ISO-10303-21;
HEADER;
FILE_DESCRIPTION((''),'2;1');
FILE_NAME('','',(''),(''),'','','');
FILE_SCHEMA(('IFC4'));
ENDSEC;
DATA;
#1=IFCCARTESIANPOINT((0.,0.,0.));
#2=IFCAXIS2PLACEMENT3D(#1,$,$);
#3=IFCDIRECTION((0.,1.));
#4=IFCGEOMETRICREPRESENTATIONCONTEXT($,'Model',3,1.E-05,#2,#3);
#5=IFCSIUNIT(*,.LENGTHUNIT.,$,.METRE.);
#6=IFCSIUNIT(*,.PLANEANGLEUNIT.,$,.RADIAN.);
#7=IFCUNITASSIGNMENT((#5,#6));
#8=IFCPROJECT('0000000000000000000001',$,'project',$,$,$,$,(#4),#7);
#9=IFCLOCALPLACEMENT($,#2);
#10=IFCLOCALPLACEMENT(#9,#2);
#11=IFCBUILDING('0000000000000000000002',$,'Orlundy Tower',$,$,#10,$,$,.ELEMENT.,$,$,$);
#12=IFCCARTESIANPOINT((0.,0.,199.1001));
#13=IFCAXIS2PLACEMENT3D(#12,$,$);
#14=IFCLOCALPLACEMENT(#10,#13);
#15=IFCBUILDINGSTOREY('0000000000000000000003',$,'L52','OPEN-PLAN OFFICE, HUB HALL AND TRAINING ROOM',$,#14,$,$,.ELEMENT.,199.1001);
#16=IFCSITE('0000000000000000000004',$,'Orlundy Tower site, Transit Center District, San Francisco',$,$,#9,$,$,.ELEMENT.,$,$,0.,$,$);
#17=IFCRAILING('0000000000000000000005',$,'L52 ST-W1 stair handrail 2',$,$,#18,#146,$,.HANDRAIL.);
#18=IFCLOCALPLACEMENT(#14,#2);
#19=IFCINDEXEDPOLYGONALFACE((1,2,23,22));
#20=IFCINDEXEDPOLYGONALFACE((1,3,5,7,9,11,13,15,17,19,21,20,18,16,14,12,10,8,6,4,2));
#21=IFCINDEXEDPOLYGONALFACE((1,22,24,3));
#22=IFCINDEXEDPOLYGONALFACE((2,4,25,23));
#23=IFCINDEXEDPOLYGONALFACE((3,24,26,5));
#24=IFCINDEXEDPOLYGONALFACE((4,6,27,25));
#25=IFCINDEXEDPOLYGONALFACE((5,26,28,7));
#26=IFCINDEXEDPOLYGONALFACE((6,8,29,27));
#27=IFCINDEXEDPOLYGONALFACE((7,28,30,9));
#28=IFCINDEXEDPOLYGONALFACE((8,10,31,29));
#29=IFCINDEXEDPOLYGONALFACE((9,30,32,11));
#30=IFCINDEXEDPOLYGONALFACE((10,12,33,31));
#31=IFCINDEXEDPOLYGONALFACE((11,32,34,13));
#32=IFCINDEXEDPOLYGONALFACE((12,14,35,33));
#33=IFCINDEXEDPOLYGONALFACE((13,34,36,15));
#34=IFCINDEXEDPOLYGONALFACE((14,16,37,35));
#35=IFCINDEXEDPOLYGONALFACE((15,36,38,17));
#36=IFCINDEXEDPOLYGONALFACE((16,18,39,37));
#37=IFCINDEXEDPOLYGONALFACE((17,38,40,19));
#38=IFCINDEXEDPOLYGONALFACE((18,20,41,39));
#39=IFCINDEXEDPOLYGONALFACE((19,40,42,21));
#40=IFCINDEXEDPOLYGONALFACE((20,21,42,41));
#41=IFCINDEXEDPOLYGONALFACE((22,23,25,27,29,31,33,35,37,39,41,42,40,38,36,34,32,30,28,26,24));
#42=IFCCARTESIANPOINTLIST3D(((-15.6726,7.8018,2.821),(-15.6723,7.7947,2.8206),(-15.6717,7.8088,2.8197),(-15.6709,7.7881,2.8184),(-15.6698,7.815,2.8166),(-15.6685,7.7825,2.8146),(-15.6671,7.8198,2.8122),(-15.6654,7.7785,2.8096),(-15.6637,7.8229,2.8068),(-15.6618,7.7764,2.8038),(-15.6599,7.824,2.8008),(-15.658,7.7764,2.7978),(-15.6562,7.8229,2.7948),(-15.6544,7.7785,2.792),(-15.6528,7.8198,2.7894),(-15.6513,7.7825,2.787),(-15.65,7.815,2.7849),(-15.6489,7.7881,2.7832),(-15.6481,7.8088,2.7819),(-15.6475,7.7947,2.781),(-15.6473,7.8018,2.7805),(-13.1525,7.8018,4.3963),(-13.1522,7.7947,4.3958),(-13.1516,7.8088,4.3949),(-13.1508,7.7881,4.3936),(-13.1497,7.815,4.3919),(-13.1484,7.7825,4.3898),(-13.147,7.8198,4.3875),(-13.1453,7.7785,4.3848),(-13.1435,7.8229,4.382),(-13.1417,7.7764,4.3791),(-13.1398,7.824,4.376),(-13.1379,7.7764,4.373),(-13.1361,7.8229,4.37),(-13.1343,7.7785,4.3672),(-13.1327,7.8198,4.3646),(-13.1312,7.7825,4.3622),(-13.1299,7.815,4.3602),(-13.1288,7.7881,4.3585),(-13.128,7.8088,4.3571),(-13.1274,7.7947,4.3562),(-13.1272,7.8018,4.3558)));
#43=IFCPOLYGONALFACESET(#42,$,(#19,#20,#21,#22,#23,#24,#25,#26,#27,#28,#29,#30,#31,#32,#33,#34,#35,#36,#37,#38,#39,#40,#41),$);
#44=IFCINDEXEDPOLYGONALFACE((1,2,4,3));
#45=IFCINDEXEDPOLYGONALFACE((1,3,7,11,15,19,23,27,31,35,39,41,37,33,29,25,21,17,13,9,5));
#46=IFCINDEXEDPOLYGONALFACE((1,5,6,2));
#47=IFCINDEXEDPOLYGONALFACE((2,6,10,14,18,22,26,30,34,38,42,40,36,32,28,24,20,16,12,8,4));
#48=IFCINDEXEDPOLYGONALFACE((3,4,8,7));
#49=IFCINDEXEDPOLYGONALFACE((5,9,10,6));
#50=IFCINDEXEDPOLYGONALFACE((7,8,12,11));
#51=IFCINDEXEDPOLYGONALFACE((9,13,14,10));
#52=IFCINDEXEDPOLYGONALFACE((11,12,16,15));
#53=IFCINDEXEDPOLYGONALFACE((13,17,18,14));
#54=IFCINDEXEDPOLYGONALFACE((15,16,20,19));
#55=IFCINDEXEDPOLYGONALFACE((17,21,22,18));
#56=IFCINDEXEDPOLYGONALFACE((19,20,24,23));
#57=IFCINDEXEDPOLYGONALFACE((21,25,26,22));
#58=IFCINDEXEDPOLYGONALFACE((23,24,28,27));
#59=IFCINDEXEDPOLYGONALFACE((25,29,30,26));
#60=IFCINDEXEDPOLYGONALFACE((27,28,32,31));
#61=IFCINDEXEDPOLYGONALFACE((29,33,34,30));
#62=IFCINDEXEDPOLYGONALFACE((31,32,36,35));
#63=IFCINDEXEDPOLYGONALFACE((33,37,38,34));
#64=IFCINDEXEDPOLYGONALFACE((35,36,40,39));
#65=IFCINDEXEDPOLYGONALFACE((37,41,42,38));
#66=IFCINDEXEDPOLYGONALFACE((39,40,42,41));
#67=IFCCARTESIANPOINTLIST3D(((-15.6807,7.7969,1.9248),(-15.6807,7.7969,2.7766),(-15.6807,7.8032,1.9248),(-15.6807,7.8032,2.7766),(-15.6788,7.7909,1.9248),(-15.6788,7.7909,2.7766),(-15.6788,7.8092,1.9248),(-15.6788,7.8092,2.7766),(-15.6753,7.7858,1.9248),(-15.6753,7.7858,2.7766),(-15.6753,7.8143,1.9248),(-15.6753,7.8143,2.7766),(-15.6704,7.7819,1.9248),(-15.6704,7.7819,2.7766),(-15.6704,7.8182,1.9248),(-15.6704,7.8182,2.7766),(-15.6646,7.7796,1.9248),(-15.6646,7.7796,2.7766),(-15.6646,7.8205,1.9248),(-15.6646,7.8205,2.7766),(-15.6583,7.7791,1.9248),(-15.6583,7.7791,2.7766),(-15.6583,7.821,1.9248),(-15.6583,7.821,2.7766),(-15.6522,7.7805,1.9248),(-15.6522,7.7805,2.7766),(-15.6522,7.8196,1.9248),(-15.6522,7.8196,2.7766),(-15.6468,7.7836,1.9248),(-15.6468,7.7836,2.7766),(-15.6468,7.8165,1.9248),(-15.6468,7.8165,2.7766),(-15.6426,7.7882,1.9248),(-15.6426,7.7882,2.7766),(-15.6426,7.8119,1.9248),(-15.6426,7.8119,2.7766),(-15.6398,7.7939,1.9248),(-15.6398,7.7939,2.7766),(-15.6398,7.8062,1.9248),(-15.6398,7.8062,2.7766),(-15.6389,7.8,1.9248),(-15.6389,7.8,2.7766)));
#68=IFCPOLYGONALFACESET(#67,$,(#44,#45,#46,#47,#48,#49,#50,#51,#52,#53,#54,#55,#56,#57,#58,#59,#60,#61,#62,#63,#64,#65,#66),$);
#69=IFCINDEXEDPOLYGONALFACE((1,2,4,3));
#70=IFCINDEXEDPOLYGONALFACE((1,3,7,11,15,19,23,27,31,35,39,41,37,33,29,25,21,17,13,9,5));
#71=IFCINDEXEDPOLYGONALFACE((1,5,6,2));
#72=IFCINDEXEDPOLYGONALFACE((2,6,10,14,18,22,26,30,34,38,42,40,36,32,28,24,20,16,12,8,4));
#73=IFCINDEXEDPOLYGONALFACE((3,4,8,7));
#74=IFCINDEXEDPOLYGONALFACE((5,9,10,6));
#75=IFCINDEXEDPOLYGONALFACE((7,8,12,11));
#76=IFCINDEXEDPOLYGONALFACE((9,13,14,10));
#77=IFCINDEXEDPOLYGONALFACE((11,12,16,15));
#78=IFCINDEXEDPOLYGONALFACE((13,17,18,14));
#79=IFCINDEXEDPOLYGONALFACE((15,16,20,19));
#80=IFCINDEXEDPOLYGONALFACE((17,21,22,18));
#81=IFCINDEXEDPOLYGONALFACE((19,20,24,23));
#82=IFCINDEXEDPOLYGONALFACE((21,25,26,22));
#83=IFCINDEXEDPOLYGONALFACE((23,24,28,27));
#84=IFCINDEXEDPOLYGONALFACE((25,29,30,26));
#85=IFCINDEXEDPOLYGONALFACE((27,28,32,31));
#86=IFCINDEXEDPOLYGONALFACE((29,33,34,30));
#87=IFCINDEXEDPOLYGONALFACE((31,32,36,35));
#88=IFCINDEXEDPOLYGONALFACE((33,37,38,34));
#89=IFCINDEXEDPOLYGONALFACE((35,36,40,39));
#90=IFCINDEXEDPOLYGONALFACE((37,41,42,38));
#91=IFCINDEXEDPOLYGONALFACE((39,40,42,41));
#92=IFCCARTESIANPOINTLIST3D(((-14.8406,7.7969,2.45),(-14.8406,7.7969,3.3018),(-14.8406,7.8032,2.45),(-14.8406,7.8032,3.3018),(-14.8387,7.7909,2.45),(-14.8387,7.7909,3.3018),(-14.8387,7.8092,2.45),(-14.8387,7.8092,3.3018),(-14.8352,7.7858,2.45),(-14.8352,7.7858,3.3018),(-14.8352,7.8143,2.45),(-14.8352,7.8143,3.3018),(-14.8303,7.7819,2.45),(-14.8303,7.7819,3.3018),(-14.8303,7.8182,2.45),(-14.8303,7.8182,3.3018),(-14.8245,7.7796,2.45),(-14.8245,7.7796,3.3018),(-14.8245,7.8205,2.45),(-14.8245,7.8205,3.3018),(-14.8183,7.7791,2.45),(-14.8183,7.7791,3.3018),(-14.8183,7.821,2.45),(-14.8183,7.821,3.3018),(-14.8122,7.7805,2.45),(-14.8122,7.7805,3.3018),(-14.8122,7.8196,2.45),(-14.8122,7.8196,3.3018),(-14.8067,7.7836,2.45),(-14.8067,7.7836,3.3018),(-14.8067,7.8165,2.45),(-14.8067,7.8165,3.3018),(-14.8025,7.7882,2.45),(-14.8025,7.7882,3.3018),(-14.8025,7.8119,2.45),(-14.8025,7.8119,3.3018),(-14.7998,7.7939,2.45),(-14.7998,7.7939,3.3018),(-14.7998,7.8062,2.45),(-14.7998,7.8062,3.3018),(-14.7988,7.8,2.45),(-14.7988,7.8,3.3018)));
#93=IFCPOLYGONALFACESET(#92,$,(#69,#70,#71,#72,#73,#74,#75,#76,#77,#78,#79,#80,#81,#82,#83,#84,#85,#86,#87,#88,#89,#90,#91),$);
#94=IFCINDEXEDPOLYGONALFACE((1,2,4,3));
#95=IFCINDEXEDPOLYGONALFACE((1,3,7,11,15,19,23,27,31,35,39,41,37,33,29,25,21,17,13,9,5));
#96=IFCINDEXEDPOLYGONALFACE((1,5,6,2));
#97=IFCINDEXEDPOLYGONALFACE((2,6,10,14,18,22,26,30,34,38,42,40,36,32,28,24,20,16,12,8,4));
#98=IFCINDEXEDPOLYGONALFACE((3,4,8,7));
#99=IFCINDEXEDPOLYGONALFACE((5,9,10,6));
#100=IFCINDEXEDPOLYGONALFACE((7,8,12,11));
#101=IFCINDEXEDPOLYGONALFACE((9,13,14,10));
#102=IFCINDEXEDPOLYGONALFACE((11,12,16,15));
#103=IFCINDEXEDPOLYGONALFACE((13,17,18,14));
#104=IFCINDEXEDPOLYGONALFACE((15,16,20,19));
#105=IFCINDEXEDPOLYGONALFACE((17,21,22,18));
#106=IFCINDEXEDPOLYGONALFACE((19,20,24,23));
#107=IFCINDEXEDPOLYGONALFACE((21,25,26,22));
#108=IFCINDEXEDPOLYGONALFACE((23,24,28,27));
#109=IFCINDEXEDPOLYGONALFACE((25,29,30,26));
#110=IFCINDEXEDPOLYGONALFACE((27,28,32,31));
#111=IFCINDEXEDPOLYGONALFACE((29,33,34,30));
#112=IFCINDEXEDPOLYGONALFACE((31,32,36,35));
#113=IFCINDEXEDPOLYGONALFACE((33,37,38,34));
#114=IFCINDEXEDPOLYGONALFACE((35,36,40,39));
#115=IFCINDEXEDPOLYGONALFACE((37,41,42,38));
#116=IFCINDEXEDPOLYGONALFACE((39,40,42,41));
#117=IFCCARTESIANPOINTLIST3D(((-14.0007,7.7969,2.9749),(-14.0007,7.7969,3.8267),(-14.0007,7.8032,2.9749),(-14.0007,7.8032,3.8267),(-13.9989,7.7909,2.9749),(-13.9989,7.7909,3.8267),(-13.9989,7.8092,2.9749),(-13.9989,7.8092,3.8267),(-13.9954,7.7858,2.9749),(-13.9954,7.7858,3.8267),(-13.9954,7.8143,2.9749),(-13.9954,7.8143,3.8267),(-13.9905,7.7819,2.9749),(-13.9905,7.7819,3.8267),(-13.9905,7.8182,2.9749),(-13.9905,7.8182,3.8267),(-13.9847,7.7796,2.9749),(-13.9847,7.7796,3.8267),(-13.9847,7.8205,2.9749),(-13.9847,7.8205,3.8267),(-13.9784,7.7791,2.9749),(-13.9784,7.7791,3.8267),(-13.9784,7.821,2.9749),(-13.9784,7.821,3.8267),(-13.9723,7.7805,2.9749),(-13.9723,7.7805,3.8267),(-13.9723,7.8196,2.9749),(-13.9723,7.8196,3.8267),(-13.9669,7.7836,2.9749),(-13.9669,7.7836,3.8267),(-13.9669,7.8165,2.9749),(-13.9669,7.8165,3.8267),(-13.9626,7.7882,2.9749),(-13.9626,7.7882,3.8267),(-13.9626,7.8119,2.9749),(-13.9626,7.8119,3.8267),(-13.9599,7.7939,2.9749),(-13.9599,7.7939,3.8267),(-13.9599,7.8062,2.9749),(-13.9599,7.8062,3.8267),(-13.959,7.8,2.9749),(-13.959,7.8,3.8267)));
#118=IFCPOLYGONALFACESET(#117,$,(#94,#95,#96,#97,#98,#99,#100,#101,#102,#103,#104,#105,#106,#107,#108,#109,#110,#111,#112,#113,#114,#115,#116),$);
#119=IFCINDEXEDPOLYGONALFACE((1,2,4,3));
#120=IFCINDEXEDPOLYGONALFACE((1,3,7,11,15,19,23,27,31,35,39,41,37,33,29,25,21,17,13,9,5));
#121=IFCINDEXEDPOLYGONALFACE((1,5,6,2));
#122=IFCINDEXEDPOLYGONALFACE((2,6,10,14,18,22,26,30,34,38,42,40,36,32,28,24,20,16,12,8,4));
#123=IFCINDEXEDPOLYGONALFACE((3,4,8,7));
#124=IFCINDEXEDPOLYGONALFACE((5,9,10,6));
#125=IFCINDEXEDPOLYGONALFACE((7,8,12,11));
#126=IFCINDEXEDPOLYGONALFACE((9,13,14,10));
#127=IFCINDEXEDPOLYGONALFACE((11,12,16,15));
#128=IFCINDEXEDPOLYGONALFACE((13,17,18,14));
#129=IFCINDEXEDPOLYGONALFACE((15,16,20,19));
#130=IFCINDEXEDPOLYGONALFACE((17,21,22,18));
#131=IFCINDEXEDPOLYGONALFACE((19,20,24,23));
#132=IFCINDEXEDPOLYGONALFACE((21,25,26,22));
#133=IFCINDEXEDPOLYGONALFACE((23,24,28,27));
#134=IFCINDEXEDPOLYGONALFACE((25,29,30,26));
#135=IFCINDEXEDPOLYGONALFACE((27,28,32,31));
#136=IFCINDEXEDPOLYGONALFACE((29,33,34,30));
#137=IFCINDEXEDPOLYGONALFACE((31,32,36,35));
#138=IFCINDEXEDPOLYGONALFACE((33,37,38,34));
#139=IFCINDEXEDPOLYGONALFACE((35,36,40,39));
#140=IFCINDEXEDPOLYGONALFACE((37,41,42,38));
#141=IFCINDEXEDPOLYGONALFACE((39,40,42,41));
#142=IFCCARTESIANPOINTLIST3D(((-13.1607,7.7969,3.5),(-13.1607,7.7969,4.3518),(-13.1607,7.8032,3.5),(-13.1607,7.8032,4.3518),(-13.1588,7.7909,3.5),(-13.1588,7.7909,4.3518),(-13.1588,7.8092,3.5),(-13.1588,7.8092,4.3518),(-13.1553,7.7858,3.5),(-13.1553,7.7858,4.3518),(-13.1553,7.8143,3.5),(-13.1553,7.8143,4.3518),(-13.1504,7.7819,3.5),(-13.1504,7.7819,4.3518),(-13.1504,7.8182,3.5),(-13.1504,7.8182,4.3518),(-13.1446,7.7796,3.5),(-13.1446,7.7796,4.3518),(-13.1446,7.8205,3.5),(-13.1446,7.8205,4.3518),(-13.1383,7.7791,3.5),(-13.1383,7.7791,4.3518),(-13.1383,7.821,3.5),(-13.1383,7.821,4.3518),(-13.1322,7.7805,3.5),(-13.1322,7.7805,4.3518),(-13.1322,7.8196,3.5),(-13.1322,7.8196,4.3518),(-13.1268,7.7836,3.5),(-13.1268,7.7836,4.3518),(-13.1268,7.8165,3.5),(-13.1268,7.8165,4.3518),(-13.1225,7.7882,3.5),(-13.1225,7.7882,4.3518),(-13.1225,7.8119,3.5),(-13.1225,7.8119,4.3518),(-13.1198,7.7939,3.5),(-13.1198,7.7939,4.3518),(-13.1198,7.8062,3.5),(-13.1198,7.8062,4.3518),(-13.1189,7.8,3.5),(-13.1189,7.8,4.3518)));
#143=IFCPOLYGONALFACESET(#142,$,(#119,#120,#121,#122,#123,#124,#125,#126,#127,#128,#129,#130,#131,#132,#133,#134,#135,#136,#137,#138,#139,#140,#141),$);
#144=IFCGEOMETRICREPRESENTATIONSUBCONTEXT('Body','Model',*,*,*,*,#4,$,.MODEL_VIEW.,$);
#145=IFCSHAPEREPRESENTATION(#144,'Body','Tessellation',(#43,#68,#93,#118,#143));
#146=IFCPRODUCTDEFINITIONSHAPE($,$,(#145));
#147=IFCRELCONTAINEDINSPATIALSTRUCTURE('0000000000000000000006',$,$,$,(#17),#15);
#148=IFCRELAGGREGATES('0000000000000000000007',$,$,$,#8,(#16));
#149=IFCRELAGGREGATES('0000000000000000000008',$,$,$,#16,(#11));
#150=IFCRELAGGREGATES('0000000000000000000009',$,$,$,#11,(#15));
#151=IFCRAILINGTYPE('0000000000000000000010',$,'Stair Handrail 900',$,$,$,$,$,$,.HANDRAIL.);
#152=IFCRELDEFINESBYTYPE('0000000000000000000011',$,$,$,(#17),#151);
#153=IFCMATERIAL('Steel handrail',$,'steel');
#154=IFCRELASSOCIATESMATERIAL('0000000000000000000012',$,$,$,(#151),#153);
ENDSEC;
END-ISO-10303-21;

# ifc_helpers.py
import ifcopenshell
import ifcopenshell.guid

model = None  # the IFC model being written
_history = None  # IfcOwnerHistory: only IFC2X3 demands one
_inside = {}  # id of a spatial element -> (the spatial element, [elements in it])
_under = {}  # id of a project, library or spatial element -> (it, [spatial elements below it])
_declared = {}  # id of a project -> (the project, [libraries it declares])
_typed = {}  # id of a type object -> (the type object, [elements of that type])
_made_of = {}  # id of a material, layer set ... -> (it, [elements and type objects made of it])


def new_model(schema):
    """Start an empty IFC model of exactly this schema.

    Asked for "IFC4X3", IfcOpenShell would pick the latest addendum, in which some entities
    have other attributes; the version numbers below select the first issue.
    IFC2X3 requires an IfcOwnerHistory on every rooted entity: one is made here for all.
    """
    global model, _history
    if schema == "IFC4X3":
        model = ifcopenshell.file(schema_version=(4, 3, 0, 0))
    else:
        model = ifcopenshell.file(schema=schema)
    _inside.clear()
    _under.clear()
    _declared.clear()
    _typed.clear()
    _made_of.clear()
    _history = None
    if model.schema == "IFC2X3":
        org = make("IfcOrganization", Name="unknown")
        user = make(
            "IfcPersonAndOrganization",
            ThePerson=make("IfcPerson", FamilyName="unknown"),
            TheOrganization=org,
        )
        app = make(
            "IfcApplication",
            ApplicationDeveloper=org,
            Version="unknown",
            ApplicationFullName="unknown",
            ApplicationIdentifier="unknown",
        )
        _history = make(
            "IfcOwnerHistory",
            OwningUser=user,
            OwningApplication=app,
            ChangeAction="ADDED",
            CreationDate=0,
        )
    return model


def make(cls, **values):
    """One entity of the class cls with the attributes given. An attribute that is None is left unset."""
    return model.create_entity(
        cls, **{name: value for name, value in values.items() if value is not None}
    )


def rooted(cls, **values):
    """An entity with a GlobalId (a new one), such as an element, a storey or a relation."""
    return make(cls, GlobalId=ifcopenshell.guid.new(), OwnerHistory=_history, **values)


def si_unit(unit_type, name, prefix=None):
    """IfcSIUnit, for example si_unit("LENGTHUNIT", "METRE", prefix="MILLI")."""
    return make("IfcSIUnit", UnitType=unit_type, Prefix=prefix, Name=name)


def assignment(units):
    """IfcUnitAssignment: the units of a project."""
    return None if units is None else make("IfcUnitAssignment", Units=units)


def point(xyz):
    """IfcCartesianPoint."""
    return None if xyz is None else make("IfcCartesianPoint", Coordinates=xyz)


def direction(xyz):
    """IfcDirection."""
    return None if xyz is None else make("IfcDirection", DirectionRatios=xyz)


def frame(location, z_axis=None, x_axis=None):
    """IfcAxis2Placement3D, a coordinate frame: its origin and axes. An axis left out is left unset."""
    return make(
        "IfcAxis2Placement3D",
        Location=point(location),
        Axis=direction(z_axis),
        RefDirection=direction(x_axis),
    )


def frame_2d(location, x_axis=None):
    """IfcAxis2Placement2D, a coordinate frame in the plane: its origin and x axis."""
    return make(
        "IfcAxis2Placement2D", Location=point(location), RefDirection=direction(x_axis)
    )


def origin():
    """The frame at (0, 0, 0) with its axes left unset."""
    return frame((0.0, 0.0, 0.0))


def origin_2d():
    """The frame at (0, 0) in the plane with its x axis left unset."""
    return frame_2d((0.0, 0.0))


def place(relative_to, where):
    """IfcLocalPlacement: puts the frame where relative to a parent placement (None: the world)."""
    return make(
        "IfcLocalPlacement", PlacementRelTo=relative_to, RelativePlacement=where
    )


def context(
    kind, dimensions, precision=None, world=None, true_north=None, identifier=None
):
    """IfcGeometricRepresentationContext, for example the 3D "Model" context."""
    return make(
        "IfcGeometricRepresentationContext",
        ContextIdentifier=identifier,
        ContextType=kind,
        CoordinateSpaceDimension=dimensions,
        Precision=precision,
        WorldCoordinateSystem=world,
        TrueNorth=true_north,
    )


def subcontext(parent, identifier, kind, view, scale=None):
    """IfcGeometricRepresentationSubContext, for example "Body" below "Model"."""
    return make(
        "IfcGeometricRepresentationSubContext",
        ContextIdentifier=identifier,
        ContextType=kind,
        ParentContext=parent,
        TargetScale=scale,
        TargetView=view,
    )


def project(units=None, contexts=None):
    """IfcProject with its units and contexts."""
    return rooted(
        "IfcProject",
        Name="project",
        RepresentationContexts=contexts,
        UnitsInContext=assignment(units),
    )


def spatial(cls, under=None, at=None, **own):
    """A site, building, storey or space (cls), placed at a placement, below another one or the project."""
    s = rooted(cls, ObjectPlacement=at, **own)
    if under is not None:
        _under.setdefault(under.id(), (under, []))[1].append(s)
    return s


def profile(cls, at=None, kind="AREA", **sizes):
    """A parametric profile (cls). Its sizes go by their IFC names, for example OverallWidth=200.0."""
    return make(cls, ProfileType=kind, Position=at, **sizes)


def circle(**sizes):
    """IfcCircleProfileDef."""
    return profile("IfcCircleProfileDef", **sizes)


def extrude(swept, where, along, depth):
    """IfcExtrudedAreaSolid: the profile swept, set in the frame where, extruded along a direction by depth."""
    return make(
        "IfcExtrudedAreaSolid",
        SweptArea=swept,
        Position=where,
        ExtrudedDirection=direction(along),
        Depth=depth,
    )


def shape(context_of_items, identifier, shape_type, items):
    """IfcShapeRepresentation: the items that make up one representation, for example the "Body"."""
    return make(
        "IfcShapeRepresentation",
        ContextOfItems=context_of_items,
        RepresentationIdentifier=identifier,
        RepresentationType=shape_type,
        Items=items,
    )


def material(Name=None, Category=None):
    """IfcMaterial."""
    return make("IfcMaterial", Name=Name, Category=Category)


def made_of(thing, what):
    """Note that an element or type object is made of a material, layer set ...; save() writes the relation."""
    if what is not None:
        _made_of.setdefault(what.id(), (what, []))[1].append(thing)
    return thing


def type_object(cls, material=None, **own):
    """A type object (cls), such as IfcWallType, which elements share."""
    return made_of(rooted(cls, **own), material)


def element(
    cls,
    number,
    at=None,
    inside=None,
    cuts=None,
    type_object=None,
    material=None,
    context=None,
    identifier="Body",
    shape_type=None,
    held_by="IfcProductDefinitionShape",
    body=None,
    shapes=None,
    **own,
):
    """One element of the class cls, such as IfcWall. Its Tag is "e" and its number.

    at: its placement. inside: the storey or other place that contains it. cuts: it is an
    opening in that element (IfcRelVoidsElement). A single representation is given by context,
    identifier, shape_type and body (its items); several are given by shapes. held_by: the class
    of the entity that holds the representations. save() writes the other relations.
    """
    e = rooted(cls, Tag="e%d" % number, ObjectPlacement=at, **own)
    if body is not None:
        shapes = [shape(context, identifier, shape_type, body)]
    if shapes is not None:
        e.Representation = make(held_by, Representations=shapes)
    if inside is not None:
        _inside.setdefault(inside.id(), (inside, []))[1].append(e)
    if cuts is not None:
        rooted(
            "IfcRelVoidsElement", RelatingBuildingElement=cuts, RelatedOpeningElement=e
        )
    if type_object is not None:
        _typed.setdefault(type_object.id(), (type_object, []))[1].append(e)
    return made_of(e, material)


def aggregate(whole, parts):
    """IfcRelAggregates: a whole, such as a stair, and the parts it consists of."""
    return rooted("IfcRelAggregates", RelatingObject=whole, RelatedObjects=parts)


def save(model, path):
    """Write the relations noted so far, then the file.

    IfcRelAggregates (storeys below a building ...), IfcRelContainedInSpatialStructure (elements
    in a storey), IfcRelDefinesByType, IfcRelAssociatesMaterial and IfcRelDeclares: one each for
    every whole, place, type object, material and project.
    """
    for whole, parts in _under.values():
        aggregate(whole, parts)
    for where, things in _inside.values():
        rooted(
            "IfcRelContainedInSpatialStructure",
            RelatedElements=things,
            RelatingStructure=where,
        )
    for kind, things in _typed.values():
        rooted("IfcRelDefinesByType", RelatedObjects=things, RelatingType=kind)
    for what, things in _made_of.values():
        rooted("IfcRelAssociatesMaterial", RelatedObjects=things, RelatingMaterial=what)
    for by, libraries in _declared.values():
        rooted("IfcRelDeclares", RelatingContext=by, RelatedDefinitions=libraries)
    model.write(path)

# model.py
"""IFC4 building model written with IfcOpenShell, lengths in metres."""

from ifc_helpers import new_model, si_unit, direction, frame, origin, origin_2d, place, context, subcontext, project, spatial, circle, extrude, material, type_object, element, save


model = new_model("IFC4")

# Units and contexts
model_context = context("Model", 3, precision=1e-05, world=origin(), true_north=direction((0.0, 1.0)))
body_context = subcontext(model_context, "Body", "Model", "MODEL_VIEW")
ifc_project = project(units=[si_unit("LENGTHUNIT", "METRE"), si_unit("PLANEANGLEUNIT", "RADIAN")], contexts=[model_context])

# Site, building, storey
site_placement = place(None, origin())
site = spatial("IfcSite", under=ifc_project, at=site_placement, Name="Orlundy Tower site, Transit Center District, San Francisco", CompositionType="ELEMENT", RefElevation=0.0)
building_placement = place(site_placement, origin())
building = spatial("IfcBuilding", under=site, at=building_placement, Name="Orlundy Tower", CompositionType="ELEMENT")
storey_placement = place(building_placement, frame((0.0, 0.0, 199.1001)))
storey = spatial("IfcBuildingStorey", under=building, at=storey_placement, Name="L52", Description="OPEN-PLAN OFFICE, HUB HALL AND TRAINING ROOM", CompositionType="ELEMENT", Elevation=199.1001)

# Railing
ifc_material_1 = material(Name="Steel handrail", Category="steel")
railing_type = type_object("IfcRailingType", Name="Stair Handrail 900", PredefinedType="HANDRAIL", material=ifc_material_1)
railing_placement = place(storey_placement, frame((-15.6599, 7.8, 1.9248)))
element("IfcRailing", 1, at=railing_placement, inside=storey, type_object=railing_type, Name="L52 ST-W1 stair handrail 2", PredefinedType="HANDRAIL", context=body_context, shape_type="SweptSolid", body=[
    extrude(circle(Radius=0.0239, at=origin_2d()), frame((0.0, 0.0, 0.876), z_axis=(0.847971, 0.0, 0.530043), x_axis=(0.0, 1.0, 0.0)), (0.0, 0.0, 1.0), 2.9719),
    extrude(circle(Radius=0.021, at=origin_2d()), origin(), (0.0, 0.0, 1.0), 0.8518),
    extrude(circle(Radius=0.021, at=origin_2d()), frame((0.8401, 0.0, 0.5251)), (0.0, 0.0, 1.0), 0.8518),
    extrude(circle(Radius=0.021, at=origin_2d()), frame((1.6799, 0.0, 1.05)), (0.0, 0.0, 1.0), 0.8518),
    extrude(circle(Radius=0.021, at=origin_2d()), frame((2.52, 0.0, 1.5752)), (0.0, 0.0, 1.0), 0.8518),
])

save(model, "model.ifc")
